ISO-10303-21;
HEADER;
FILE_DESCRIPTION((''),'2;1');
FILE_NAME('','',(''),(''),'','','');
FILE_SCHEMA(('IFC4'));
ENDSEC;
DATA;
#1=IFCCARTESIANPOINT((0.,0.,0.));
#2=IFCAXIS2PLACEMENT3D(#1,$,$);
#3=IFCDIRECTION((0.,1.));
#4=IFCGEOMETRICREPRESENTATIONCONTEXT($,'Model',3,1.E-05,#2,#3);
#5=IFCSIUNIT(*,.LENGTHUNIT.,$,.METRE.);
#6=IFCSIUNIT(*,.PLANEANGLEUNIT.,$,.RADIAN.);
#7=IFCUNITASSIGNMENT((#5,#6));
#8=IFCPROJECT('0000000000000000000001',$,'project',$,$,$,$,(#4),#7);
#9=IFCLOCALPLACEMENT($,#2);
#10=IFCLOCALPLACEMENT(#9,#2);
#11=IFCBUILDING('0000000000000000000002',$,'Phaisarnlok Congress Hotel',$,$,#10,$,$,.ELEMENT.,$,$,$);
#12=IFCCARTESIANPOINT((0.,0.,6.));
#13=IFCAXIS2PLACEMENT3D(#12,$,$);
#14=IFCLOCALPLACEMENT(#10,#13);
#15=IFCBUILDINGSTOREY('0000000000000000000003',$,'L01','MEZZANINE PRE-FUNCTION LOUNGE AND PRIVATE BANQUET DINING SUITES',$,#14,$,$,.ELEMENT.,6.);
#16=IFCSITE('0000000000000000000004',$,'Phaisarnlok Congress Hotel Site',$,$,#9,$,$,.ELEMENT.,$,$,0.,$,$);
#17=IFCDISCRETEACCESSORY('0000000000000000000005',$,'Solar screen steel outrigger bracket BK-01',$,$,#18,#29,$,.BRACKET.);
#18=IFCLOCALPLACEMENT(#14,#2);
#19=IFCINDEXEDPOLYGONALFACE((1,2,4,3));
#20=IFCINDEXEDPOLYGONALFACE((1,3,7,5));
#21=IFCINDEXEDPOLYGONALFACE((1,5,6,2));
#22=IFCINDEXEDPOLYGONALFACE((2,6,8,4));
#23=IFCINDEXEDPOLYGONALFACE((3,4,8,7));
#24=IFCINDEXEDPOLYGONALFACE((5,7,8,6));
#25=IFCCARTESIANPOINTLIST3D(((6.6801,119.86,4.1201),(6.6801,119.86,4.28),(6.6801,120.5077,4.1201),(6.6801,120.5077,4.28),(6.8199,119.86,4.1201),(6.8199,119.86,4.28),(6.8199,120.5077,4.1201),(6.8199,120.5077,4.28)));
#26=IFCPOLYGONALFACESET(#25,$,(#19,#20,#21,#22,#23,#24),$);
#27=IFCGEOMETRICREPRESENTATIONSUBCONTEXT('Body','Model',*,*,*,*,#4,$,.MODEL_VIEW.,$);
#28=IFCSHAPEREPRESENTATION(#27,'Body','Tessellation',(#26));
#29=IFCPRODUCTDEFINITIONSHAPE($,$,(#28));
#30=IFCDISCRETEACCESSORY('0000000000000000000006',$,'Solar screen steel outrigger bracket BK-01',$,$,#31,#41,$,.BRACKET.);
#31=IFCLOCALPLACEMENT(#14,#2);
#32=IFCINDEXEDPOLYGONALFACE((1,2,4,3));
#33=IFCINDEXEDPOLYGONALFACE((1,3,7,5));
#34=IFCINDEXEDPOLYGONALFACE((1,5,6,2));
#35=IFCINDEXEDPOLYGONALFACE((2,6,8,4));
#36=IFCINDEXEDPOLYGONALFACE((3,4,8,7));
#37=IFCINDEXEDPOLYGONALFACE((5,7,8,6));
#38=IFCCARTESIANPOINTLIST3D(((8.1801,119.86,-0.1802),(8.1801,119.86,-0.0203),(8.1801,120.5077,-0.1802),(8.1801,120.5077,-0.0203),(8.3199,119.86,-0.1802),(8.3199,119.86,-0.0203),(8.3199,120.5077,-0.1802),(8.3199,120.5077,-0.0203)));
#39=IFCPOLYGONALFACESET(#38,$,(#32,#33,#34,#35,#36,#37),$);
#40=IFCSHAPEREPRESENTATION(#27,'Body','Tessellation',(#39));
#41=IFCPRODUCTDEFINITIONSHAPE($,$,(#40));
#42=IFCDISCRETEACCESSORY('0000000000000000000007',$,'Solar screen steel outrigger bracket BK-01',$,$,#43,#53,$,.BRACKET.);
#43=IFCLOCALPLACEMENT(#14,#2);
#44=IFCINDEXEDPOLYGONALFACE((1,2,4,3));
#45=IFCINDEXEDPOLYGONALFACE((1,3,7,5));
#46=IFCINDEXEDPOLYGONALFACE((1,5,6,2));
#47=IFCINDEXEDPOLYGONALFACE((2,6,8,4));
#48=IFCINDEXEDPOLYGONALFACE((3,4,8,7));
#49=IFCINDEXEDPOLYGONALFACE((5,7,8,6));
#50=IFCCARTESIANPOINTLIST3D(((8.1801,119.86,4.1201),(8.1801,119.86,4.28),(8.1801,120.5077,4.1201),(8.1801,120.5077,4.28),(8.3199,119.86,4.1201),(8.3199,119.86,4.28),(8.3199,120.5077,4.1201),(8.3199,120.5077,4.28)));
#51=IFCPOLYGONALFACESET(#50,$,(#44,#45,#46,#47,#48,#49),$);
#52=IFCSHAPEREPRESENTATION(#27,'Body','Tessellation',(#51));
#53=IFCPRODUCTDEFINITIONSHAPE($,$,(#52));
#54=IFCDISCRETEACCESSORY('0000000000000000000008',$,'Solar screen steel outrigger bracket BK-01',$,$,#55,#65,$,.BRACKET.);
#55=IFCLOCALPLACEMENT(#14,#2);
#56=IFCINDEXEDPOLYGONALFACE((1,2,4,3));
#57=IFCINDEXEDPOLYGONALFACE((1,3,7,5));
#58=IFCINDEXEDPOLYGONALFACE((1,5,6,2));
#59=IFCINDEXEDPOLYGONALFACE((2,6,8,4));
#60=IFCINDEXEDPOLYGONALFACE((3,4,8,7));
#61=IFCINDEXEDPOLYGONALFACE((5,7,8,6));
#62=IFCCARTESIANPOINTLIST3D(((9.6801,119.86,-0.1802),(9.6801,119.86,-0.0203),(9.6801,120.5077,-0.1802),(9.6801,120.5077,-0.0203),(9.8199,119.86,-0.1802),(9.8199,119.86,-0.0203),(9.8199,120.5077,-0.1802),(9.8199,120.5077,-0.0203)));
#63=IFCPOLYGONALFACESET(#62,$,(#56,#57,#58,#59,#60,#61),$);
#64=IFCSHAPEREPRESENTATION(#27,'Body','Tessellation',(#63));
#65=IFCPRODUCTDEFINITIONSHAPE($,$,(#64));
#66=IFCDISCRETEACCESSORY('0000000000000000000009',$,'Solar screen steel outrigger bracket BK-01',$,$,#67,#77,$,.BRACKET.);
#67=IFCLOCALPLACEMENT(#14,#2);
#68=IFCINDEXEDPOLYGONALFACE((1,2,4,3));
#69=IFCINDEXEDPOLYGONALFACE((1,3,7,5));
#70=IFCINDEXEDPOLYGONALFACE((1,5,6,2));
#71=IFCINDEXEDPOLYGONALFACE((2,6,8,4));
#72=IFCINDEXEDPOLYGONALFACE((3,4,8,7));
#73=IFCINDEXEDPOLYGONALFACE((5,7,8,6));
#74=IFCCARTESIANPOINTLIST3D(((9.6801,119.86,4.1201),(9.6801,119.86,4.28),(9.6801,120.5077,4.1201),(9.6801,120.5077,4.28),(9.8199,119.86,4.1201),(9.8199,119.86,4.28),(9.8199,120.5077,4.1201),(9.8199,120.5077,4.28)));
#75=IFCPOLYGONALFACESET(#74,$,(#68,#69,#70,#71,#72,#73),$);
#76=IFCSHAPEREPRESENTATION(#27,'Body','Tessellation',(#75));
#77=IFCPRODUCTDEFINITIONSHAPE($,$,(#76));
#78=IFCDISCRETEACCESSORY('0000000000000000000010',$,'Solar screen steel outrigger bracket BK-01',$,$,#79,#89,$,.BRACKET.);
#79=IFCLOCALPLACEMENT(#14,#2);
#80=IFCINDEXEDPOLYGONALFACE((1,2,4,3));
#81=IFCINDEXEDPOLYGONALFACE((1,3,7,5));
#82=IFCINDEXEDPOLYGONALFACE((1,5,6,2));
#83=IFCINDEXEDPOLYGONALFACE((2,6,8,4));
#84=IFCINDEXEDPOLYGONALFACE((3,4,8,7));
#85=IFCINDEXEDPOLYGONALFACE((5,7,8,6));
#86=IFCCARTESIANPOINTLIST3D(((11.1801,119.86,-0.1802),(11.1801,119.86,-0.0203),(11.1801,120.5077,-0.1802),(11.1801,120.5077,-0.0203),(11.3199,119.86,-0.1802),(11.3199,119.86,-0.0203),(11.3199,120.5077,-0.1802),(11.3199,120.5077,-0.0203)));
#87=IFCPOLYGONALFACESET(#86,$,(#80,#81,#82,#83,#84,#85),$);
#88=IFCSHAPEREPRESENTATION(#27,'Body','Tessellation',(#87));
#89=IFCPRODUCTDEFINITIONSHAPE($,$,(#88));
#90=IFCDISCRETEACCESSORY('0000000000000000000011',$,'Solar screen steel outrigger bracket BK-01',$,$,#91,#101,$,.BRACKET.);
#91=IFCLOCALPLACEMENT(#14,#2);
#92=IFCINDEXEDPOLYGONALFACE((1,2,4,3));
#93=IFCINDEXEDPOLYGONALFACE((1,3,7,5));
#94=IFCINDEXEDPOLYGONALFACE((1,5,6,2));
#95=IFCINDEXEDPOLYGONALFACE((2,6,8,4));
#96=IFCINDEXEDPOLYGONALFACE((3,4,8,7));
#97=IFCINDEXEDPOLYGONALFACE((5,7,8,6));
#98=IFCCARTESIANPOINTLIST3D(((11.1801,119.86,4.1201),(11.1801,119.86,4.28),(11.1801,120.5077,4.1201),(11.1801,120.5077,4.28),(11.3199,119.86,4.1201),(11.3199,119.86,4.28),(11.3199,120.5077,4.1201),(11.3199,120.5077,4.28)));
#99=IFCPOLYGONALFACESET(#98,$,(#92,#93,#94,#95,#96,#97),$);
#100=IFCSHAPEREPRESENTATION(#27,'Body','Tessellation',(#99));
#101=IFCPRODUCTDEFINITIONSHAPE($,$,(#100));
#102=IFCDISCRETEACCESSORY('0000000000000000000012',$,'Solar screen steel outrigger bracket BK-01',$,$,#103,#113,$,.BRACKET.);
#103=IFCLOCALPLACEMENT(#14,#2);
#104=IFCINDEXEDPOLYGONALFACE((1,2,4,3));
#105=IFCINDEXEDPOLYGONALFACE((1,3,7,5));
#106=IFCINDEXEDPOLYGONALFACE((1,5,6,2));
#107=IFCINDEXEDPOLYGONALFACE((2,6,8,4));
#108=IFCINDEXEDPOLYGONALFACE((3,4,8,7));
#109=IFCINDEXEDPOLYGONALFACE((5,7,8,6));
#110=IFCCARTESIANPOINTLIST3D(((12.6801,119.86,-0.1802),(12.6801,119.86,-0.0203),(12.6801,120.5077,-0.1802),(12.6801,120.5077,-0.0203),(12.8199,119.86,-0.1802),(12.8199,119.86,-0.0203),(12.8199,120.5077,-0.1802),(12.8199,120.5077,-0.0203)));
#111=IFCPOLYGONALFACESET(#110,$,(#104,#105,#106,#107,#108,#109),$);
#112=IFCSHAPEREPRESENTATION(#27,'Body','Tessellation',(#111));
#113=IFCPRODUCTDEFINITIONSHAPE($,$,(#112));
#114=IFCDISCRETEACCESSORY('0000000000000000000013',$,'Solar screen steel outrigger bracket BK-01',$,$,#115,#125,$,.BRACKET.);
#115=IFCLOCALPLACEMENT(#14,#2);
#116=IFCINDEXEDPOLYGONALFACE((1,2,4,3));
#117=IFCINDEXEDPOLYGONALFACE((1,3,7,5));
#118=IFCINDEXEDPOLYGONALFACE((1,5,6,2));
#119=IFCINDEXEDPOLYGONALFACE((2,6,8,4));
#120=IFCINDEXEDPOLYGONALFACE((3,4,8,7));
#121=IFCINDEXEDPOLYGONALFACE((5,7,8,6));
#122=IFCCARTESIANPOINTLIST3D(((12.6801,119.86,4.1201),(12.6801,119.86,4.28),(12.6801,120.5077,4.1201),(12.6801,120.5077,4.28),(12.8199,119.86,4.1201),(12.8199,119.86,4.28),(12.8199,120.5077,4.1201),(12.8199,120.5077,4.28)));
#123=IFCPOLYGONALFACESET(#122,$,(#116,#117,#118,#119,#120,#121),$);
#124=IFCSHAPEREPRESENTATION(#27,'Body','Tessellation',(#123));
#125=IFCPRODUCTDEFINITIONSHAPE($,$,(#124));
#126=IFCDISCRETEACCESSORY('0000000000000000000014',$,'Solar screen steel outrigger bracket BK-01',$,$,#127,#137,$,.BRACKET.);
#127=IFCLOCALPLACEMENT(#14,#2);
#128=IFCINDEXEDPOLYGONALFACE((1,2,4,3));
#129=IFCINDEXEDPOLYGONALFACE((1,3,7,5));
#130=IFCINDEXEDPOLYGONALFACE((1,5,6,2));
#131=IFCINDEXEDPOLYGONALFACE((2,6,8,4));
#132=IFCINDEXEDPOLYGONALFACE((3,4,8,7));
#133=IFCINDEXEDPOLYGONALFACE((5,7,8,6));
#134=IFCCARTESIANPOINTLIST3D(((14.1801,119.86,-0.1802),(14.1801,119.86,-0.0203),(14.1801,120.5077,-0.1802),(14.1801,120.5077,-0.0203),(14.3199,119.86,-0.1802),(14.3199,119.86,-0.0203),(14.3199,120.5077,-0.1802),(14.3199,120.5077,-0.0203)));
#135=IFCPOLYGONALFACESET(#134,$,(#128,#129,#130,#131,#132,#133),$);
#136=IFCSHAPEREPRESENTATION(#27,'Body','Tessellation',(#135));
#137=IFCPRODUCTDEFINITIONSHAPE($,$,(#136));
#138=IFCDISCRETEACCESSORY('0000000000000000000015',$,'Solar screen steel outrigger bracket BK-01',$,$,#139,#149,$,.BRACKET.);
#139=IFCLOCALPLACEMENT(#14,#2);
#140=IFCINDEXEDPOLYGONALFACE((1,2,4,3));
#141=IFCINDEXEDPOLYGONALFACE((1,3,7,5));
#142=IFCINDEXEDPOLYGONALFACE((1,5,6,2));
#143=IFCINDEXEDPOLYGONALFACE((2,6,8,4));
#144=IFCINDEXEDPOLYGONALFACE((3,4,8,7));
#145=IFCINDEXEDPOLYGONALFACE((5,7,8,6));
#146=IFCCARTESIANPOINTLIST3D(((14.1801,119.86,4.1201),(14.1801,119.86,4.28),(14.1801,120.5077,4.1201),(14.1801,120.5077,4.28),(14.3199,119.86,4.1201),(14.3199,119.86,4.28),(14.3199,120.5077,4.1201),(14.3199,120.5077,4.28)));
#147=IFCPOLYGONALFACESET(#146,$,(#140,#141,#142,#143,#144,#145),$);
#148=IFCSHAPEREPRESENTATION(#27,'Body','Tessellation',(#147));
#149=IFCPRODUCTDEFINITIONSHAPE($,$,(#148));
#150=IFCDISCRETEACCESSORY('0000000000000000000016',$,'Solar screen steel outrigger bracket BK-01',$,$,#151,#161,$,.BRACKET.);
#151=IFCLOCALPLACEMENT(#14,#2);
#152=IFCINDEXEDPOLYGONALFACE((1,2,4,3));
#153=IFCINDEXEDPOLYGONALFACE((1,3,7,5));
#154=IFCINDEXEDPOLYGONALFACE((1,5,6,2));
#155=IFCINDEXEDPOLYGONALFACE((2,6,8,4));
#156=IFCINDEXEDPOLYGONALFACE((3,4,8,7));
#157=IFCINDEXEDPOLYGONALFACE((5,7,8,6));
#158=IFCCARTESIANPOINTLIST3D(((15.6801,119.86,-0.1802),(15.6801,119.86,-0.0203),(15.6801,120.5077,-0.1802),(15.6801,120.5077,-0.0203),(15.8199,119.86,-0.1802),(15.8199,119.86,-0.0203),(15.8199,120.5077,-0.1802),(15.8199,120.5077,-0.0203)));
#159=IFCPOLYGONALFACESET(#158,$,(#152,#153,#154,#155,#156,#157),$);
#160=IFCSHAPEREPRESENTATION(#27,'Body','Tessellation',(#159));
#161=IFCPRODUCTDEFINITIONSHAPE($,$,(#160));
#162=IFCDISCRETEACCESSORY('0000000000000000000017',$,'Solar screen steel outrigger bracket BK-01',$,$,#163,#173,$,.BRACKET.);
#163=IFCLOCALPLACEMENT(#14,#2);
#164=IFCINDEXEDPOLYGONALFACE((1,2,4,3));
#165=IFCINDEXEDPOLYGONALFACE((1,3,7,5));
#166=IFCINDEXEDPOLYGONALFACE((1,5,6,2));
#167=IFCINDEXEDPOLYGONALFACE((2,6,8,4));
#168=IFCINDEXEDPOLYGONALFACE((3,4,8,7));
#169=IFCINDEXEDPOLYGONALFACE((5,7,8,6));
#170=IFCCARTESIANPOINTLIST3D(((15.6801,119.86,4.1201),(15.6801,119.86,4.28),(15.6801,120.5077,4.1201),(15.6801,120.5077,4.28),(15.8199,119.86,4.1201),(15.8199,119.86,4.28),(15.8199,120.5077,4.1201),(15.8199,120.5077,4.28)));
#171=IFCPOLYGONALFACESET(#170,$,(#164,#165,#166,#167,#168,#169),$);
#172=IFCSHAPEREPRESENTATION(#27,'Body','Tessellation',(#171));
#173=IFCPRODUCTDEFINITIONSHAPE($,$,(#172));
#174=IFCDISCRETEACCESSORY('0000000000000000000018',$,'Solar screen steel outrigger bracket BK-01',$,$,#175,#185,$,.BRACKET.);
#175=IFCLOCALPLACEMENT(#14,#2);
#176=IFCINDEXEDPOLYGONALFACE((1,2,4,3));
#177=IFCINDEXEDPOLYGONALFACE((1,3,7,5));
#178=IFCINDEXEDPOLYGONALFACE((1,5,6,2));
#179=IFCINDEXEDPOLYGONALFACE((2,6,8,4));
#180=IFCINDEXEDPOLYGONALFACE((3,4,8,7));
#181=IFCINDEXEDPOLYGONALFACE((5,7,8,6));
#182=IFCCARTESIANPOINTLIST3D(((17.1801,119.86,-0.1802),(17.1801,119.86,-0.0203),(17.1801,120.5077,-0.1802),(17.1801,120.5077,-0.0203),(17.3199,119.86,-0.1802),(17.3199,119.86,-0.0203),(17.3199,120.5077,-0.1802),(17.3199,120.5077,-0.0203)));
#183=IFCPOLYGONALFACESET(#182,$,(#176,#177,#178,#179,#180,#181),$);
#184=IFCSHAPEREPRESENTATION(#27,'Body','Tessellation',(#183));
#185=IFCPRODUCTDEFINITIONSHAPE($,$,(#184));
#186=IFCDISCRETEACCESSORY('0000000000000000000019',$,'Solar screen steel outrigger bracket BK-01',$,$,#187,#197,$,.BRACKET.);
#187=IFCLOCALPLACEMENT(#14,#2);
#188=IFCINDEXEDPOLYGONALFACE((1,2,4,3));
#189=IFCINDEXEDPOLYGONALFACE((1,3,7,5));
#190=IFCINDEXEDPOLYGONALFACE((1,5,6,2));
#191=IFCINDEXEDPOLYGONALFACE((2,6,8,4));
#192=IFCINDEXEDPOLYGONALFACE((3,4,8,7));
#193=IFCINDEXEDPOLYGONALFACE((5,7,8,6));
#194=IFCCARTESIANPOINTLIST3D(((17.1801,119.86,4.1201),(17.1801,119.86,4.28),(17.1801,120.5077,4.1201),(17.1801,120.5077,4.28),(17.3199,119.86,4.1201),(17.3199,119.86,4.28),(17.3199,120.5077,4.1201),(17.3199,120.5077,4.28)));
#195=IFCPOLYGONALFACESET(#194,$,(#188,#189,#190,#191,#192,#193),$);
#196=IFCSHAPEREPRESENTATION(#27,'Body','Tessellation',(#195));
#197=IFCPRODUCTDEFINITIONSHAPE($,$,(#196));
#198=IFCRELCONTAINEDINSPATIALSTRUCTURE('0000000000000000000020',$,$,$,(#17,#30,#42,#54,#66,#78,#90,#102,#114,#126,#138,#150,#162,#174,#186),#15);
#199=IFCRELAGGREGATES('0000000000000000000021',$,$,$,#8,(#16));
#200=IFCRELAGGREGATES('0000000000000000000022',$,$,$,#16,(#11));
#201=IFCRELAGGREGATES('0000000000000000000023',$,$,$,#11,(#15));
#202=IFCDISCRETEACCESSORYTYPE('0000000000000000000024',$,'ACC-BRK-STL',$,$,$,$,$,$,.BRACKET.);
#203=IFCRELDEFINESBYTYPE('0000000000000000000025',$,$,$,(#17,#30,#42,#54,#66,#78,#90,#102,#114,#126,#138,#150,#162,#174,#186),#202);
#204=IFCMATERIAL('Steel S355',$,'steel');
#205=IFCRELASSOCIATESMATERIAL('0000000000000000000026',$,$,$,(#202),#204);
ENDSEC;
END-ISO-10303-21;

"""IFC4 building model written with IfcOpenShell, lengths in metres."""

from ifc_helpers import new_model, si_unit, direction, frame, origin, origin_2d, place, context, subcontext, project, spatial, rectangle, extrude, material, type_object, element, save


model = new_model("IFC4")

# Units and contexts
model_context = context("Model", 3, precision=1e-05, world=origin(), true_north=direction((0.0, 1.0)))
body_context = subcontext(model_context, "Body", "Model", "MODEL_VIEW")
ifc_project = project(units=[si_unit("LENGTHUNIT", "METRE"), si_unit("PLANEANGLEUNIT", "RADIAN")], contexts=[model_context])

# Site, building, storey
site_placement = place(None, origin())
site = spatial("IfcSite", under=ifc_project, at=site_placement, Name="Phaisarnlok Congress Hotel Site", CompositionType="ELEMENT", RefElevation=0.0)
building_placement = place(site_placement, origin())
building = spatial("IfcBuilding", under=site, at=building_placement, Name="Phaisarnlok Congress Hotel", CompositionType="ELEMENT")
storey_placement = place(building_placement, frame((0.0, 0.0, 6.0)))
storey = spatial("IfcBuildingStorey", under=building, at=storey_placement, Name="L01", Description="MEZZANINE PRE-FUNCTION LOUNGE AND PRIVATE BANQUET DINING SUITES", CompositionType="ELEMENT", Elevation=6.0)

# Discrete accessories
ifc_material_1 = material(Name="Steel S355", Category="steel")
discrete_accessory_type = type_object("IfcDiscreteAccessoryType", Name="ACC-BRK-STL", PredefinedType="BRACKET", material=ifc_material_1)
for number, where, z_axis, x_axis, name in (
    (1, (6.75, 120.1838, 4.1201), (0.0, 0.0, 1.0), (1.0, 0.0, 0.0), "Solar screen steel outrigger bracket BK-01"),
    (2, (8.25, 120.1838, -0.1802), (0.0, 0.0, 1.0), (1.0, 0.0, 0.0), "Solar screen steel outrigger bracket BK-01"),
    (3, (8.25, 120.1838, 4.1201), (0.0, 0.0, 1.0), (1.0, 0.0, 0.0), "Solar screen steel outrigger bracket BK-01"),
    (4, (9.75, 120.1838, -0.1802), (0.0, 0.0, 1.0), (1.0, 0.0, 0.0), "Solar screen steel outrigger bracket BK-01"),
    (5, (9.75, 120.1838, 4.1201), (0.0, 0.0, 1.0), (1.0, 0.0, 0.0), "Solar screen steel outrigger bracket BK-01"),
    (6, (11.25, 120.1838, -0.1802), (0.0, 0.0, 1.0), (1.0, 0.0, 0.0), "Solar screen steel outrigger bracket BK-01"),
    (7, (11.25, 120.1838, 4.1201), (0.0, 0.0, 1.0), (1.0, 0.0, 0.0), "Solar screen steel outrigger bracket BK-01"),
    (8, (12.75, 120.1838, -0.1802), (0.0, 0.0, 1.0), (1.0, 0.0, 0.0), "Solar screen steel outrigger bracket BK-01"),
    (9, (12.75, 120.1838, 4.1201), (0.0, 0.0, 1.0), (1.0, 0.0, 0.0), "Solar screen steel outrigger bracket BK-01"),
    (10, (14.25, 120.1838, -0.1802), (0.0, 0.0, 1.0), (1.0, 0.0, 0.0), "Solar screen steel outrigger bracket BK-01"),
    (11, (14.25, 120.1838, 4.1201), (0.0, 0.0, 1.0), (1.0, 0.0, 0.0), "Solar screen steel outrigger bracket BK-01"),
    (12, (15.75, 120.1838, -0.1802), (0.0, 0.0, 1.0), (1.0, 0.0, 0.0), "Solar screen steel outrigger bracket BK-01"),
    (13, (15.75, 120.1838, 4.1201), (0.0, 0.0, 1.0), (1.0, 0.0, 0.0), "Solar screen steel outrigger bracket BK-01"),
    (14, (17.25, 120.1838, -0.1802), (0.0, 0.0, 1.0), (1.0, 0.0, 0.0), "Solar screen steel outrigger bracket BK-01"),
    (15, (17.25, 120.1838, 4.1201), (0.0, 0.0, 1.0), (1.0, 0.0, 0.0), "Solar screen steel outrigger bracket BK-01"),
):
    element("IfcDiscreteAccessory", number, at=place(storey_placement, frame(where, z_axis=z_axis, x_axis=x_axis)), inside=storey, type_object=discrete_accessory_type, Name=name, PredefinedType="BRACKET", context=body_context, shape_type="SweptSolid", body=[
        extrude(rectangle(XDim=0.1399, YDim=0.6477, at=origin_2d()), origin(), (0.0, 0.0, 1.0), 0.1599),
    ])

save(model, "model.ifc")
